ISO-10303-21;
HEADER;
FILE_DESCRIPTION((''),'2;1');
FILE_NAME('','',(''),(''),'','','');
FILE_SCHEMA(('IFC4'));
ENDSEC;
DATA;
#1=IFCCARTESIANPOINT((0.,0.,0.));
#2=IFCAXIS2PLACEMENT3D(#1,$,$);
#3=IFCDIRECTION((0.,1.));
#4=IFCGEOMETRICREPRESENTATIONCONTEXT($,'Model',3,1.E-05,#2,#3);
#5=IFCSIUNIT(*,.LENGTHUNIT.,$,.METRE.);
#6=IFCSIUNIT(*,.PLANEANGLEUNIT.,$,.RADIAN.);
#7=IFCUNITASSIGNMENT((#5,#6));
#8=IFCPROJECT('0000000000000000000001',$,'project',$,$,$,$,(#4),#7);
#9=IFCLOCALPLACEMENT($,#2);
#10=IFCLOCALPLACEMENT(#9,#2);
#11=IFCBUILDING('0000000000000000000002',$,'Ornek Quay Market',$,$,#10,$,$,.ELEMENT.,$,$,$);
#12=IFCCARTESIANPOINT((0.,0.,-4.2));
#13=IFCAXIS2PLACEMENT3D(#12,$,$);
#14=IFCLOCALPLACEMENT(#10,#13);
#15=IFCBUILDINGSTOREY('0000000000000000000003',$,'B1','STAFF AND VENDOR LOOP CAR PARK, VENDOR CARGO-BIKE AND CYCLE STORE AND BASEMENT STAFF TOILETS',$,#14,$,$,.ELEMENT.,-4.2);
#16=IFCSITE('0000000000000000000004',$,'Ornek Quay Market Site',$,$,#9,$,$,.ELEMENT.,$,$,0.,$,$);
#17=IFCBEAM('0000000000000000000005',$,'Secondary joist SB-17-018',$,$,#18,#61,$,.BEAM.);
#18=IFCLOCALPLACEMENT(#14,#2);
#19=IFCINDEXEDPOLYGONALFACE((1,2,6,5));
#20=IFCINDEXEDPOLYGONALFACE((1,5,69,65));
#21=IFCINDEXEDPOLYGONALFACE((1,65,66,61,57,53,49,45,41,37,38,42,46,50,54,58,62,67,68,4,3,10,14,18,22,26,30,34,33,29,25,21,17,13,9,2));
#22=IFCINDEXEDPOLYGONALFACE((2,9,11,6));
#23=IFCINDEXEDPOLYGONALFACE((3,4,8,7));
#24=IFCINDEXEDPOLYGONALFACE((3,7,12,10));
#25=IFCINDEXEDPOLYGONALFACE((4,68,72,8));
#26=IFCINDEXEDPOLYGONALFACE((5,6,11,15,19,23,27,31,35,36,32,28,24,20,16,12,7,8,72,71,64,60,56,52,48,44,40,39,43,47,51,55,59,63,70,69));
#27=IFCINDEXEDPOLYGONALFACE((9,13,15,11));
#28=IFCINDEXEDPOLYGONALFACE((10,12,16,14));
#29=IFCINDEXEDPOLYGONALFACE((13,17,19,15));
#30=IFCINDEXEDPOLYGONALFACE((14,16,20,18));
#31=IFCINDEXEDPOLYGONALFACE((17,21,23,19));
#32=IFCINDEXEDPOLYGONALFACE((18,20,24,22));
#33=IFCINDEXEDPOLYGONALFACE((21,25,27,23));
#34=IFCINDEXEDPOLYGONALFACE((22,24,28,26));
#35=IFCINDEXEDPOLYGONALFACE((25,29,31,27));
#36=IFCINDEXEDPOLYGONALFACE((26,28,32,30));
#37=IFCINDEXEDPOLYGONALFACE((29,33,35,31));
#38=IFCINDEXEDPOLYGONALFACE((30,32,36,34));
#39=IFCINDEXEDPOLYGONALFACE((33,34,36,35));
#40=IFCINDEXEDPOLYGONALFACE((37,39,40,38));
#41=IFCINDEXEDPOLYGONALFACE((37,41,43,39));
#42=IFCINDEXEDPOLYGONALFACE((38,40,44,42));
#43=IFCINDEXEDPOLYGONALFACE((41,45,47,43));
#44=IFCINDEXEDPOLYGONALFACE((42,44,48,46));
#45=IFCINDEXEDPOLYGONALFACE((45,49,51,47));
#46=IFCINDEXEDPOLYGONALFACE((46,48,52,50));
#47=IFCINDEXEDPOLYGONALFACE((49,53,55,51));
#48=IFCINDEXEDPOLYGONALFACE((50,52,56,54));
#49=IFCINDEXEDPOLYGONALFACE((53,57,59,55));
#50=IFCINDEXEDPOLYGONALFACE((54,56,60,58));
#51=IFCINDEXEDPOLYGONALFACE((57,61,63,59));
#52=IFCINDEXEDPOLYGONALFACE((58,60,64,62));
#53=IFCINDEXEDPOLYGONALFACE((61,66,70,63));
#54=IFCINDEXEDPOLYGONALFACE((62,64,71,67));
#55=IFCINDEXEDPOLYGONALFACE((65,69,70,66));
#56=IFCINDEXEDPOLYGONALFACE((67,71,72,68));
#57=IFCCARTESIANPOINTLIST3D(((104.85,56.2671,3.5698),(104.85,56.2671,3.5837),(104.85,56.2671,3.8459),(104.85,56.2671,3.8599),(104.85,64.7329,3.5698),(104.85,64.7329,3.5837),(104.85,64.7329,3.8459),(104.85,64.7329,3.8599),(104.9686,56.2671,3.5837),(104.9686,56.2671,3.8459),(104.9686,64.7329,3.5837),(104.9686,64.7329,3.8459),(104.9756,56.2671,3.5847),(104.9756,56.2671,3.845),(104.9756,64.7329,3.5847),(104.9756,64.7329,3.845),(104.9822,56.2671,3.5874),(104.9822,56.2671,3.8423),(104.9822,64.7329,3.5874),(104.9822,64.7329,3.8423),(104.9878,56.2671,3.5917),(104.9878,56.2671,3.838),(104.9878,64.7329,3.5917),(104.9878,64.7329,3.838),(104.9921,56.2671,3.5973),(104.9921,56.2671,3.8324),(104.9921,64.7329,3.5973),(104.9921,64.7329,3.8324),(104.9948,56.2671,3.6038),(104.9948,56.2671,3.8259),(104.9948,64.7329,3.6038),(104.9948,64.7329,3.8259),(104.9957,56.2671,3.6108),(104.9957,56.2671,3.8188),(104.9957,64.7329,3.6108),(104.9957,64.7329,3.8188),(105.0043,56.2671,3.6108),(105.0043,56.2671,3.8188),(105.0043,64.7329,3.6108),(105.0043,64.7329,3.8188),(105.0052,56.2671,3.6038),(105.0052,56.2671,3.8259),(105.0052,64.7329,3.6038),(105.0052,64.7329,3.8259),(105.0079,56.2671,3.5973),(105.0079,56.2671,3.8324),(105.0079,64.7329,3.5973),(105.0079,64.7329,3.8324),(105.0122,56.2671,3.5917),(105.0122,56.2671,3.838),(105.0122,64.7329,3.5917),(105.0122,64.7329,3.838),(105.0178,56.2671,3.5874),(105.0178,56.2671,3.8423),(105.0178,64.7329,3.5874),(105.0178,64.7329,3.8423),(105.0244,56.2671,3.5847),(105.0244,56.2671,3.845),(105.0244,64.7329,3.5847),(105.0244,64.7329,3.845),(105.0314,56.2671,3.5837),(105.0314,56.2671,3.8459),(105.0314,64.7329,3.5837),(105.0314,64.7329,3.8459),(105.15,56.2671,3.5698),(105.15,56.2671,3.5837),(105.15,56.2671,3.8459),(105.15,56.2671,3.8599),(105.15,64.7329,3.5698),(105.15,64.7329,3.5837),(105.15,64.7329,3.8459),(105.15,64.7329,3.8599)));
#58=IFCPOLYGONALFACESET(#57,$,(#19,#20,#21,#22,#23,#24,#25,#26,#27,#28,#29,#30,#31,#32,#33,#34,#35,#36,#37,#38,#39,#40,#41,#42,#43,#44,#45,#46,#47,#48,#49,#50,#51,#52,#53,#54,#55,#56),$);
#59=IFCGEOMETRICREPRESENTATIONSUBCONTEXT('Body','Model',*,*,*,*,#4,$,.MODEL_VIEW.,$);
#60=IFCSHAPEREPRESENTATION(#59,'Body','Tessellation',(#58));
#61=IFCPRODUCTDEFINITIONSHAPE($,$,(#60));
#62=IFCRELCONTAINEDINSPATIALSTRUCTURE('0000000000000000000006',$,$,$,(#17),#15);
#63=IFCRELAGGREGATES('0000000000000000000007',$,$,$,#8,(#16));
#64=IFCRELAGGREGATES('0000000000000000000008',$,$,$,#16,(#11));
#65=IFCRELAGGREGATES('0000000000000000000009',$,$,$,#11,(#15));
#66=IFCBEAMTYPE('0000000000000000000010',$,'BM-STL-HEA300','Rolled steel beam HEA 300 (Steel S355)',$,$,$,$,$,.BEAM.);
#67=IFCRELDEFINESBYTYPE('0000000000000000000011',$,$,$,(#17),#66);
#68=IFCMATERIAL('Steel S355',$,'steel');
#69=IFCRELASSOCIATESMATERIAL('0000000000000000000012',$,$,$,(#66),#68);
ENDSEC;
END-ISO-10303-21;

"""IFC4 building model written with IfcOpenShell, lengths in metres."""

from ifc_helpers import new_model, si_unit, direction, frame, origin, origin_2d, place, context, subcontext, project, spatial, i_section, extrude, material, material_profile, profile_set, type_object, element, save


model = new_model("IFC4")

# Units and contexts
model_context = context("Model", 3, precision=1e-05, world=origin(), true_north=direction((0.0, 1.0)))
body_context = subcontext(model_context, "Body", "Model", "MODEL_VIEW")
ifc_project = project(units=[si_unit("LENGTHUNIT", "METRE"), si_unit("PLANEANGLEUNIT", "RADIAN")], contexts=[model_context])

# Site, building, storey
site_placement = place(None, origin())
site = spatial("IfcSite", under=ifc_project, at=site_placement, Name="Ornek Quay Market Site", CompositionType="ELEMENT", RefElevation=0.0)
building_placement = place(site_placement, origin())
building = spatial("IfcBuilding", under=site, at=building_placement, Name="Ornek Quay Market", CompositionType="ELEMENT")
storey_placement = place(building_placement, frame((0.0, 0.0, -4.2)))
storey = spatial("IfcBuildingStorey", under=building, at=storey_placement, Name="B1", Description="STAFF AND VENDOR LOOP CAR PARK, VENDOR CARGO-BIKE AND CYCLE STORE AND BASEMENT STAFF TOILETS", CompositionType="ELEMENT", Elevation=-4.2)

# Beam
ifc_material_1 = material(Name="Steel S355", Category="steel")
ifc_material_profile_1 = material_profile(ifc_material_1, i_section(OverallWidth=0.3, OverallDepth=0.29, WebThickness=0.0085, FlangeThickness=0.0139, FilletRadius=0.0271, at=origin_2d()), Name="HEA 300", Category="steel")
ifc_profile_set_1 = profile_set([ifc_material_profile_1], Name="Steel S355")
beam_type_1 = type_object("IfcBeamType", Name="BM-STL-HEA300", Description="Rolled steel beam HEA 300 (Steel S355)", PredefinedType="BEAM", material=ifc_profile_set_1)
for number, where, z_axis, x_axis, name in (
    (1, (105.0, 56.2671, 3.7148), (0.0, 1.0, 0.0), (-1.0, 0.0, 0.0), "Secondary joist SB-17-018"),
):
    element("IfcBeam", number, at=place(storey_placement, frame(where, z_axis=z_axis, x_axis=x_axis)), inside=storey, type_object=beam_type_1, Name=name, PredefinedType="BEAM", context=body_context, shape_type="SweptSolid", body=[
        extrude(i_section(OverallWidth=0.3, OverallDepth=0.29, WebThickness=0.0085, FlangeThickness=0.0139, FilletRadius=0.0271, at=origin_2d()), origin(), (0.0, 0.0, 1.0), 8.4658),
    ])

save(model, "model.ifc")
